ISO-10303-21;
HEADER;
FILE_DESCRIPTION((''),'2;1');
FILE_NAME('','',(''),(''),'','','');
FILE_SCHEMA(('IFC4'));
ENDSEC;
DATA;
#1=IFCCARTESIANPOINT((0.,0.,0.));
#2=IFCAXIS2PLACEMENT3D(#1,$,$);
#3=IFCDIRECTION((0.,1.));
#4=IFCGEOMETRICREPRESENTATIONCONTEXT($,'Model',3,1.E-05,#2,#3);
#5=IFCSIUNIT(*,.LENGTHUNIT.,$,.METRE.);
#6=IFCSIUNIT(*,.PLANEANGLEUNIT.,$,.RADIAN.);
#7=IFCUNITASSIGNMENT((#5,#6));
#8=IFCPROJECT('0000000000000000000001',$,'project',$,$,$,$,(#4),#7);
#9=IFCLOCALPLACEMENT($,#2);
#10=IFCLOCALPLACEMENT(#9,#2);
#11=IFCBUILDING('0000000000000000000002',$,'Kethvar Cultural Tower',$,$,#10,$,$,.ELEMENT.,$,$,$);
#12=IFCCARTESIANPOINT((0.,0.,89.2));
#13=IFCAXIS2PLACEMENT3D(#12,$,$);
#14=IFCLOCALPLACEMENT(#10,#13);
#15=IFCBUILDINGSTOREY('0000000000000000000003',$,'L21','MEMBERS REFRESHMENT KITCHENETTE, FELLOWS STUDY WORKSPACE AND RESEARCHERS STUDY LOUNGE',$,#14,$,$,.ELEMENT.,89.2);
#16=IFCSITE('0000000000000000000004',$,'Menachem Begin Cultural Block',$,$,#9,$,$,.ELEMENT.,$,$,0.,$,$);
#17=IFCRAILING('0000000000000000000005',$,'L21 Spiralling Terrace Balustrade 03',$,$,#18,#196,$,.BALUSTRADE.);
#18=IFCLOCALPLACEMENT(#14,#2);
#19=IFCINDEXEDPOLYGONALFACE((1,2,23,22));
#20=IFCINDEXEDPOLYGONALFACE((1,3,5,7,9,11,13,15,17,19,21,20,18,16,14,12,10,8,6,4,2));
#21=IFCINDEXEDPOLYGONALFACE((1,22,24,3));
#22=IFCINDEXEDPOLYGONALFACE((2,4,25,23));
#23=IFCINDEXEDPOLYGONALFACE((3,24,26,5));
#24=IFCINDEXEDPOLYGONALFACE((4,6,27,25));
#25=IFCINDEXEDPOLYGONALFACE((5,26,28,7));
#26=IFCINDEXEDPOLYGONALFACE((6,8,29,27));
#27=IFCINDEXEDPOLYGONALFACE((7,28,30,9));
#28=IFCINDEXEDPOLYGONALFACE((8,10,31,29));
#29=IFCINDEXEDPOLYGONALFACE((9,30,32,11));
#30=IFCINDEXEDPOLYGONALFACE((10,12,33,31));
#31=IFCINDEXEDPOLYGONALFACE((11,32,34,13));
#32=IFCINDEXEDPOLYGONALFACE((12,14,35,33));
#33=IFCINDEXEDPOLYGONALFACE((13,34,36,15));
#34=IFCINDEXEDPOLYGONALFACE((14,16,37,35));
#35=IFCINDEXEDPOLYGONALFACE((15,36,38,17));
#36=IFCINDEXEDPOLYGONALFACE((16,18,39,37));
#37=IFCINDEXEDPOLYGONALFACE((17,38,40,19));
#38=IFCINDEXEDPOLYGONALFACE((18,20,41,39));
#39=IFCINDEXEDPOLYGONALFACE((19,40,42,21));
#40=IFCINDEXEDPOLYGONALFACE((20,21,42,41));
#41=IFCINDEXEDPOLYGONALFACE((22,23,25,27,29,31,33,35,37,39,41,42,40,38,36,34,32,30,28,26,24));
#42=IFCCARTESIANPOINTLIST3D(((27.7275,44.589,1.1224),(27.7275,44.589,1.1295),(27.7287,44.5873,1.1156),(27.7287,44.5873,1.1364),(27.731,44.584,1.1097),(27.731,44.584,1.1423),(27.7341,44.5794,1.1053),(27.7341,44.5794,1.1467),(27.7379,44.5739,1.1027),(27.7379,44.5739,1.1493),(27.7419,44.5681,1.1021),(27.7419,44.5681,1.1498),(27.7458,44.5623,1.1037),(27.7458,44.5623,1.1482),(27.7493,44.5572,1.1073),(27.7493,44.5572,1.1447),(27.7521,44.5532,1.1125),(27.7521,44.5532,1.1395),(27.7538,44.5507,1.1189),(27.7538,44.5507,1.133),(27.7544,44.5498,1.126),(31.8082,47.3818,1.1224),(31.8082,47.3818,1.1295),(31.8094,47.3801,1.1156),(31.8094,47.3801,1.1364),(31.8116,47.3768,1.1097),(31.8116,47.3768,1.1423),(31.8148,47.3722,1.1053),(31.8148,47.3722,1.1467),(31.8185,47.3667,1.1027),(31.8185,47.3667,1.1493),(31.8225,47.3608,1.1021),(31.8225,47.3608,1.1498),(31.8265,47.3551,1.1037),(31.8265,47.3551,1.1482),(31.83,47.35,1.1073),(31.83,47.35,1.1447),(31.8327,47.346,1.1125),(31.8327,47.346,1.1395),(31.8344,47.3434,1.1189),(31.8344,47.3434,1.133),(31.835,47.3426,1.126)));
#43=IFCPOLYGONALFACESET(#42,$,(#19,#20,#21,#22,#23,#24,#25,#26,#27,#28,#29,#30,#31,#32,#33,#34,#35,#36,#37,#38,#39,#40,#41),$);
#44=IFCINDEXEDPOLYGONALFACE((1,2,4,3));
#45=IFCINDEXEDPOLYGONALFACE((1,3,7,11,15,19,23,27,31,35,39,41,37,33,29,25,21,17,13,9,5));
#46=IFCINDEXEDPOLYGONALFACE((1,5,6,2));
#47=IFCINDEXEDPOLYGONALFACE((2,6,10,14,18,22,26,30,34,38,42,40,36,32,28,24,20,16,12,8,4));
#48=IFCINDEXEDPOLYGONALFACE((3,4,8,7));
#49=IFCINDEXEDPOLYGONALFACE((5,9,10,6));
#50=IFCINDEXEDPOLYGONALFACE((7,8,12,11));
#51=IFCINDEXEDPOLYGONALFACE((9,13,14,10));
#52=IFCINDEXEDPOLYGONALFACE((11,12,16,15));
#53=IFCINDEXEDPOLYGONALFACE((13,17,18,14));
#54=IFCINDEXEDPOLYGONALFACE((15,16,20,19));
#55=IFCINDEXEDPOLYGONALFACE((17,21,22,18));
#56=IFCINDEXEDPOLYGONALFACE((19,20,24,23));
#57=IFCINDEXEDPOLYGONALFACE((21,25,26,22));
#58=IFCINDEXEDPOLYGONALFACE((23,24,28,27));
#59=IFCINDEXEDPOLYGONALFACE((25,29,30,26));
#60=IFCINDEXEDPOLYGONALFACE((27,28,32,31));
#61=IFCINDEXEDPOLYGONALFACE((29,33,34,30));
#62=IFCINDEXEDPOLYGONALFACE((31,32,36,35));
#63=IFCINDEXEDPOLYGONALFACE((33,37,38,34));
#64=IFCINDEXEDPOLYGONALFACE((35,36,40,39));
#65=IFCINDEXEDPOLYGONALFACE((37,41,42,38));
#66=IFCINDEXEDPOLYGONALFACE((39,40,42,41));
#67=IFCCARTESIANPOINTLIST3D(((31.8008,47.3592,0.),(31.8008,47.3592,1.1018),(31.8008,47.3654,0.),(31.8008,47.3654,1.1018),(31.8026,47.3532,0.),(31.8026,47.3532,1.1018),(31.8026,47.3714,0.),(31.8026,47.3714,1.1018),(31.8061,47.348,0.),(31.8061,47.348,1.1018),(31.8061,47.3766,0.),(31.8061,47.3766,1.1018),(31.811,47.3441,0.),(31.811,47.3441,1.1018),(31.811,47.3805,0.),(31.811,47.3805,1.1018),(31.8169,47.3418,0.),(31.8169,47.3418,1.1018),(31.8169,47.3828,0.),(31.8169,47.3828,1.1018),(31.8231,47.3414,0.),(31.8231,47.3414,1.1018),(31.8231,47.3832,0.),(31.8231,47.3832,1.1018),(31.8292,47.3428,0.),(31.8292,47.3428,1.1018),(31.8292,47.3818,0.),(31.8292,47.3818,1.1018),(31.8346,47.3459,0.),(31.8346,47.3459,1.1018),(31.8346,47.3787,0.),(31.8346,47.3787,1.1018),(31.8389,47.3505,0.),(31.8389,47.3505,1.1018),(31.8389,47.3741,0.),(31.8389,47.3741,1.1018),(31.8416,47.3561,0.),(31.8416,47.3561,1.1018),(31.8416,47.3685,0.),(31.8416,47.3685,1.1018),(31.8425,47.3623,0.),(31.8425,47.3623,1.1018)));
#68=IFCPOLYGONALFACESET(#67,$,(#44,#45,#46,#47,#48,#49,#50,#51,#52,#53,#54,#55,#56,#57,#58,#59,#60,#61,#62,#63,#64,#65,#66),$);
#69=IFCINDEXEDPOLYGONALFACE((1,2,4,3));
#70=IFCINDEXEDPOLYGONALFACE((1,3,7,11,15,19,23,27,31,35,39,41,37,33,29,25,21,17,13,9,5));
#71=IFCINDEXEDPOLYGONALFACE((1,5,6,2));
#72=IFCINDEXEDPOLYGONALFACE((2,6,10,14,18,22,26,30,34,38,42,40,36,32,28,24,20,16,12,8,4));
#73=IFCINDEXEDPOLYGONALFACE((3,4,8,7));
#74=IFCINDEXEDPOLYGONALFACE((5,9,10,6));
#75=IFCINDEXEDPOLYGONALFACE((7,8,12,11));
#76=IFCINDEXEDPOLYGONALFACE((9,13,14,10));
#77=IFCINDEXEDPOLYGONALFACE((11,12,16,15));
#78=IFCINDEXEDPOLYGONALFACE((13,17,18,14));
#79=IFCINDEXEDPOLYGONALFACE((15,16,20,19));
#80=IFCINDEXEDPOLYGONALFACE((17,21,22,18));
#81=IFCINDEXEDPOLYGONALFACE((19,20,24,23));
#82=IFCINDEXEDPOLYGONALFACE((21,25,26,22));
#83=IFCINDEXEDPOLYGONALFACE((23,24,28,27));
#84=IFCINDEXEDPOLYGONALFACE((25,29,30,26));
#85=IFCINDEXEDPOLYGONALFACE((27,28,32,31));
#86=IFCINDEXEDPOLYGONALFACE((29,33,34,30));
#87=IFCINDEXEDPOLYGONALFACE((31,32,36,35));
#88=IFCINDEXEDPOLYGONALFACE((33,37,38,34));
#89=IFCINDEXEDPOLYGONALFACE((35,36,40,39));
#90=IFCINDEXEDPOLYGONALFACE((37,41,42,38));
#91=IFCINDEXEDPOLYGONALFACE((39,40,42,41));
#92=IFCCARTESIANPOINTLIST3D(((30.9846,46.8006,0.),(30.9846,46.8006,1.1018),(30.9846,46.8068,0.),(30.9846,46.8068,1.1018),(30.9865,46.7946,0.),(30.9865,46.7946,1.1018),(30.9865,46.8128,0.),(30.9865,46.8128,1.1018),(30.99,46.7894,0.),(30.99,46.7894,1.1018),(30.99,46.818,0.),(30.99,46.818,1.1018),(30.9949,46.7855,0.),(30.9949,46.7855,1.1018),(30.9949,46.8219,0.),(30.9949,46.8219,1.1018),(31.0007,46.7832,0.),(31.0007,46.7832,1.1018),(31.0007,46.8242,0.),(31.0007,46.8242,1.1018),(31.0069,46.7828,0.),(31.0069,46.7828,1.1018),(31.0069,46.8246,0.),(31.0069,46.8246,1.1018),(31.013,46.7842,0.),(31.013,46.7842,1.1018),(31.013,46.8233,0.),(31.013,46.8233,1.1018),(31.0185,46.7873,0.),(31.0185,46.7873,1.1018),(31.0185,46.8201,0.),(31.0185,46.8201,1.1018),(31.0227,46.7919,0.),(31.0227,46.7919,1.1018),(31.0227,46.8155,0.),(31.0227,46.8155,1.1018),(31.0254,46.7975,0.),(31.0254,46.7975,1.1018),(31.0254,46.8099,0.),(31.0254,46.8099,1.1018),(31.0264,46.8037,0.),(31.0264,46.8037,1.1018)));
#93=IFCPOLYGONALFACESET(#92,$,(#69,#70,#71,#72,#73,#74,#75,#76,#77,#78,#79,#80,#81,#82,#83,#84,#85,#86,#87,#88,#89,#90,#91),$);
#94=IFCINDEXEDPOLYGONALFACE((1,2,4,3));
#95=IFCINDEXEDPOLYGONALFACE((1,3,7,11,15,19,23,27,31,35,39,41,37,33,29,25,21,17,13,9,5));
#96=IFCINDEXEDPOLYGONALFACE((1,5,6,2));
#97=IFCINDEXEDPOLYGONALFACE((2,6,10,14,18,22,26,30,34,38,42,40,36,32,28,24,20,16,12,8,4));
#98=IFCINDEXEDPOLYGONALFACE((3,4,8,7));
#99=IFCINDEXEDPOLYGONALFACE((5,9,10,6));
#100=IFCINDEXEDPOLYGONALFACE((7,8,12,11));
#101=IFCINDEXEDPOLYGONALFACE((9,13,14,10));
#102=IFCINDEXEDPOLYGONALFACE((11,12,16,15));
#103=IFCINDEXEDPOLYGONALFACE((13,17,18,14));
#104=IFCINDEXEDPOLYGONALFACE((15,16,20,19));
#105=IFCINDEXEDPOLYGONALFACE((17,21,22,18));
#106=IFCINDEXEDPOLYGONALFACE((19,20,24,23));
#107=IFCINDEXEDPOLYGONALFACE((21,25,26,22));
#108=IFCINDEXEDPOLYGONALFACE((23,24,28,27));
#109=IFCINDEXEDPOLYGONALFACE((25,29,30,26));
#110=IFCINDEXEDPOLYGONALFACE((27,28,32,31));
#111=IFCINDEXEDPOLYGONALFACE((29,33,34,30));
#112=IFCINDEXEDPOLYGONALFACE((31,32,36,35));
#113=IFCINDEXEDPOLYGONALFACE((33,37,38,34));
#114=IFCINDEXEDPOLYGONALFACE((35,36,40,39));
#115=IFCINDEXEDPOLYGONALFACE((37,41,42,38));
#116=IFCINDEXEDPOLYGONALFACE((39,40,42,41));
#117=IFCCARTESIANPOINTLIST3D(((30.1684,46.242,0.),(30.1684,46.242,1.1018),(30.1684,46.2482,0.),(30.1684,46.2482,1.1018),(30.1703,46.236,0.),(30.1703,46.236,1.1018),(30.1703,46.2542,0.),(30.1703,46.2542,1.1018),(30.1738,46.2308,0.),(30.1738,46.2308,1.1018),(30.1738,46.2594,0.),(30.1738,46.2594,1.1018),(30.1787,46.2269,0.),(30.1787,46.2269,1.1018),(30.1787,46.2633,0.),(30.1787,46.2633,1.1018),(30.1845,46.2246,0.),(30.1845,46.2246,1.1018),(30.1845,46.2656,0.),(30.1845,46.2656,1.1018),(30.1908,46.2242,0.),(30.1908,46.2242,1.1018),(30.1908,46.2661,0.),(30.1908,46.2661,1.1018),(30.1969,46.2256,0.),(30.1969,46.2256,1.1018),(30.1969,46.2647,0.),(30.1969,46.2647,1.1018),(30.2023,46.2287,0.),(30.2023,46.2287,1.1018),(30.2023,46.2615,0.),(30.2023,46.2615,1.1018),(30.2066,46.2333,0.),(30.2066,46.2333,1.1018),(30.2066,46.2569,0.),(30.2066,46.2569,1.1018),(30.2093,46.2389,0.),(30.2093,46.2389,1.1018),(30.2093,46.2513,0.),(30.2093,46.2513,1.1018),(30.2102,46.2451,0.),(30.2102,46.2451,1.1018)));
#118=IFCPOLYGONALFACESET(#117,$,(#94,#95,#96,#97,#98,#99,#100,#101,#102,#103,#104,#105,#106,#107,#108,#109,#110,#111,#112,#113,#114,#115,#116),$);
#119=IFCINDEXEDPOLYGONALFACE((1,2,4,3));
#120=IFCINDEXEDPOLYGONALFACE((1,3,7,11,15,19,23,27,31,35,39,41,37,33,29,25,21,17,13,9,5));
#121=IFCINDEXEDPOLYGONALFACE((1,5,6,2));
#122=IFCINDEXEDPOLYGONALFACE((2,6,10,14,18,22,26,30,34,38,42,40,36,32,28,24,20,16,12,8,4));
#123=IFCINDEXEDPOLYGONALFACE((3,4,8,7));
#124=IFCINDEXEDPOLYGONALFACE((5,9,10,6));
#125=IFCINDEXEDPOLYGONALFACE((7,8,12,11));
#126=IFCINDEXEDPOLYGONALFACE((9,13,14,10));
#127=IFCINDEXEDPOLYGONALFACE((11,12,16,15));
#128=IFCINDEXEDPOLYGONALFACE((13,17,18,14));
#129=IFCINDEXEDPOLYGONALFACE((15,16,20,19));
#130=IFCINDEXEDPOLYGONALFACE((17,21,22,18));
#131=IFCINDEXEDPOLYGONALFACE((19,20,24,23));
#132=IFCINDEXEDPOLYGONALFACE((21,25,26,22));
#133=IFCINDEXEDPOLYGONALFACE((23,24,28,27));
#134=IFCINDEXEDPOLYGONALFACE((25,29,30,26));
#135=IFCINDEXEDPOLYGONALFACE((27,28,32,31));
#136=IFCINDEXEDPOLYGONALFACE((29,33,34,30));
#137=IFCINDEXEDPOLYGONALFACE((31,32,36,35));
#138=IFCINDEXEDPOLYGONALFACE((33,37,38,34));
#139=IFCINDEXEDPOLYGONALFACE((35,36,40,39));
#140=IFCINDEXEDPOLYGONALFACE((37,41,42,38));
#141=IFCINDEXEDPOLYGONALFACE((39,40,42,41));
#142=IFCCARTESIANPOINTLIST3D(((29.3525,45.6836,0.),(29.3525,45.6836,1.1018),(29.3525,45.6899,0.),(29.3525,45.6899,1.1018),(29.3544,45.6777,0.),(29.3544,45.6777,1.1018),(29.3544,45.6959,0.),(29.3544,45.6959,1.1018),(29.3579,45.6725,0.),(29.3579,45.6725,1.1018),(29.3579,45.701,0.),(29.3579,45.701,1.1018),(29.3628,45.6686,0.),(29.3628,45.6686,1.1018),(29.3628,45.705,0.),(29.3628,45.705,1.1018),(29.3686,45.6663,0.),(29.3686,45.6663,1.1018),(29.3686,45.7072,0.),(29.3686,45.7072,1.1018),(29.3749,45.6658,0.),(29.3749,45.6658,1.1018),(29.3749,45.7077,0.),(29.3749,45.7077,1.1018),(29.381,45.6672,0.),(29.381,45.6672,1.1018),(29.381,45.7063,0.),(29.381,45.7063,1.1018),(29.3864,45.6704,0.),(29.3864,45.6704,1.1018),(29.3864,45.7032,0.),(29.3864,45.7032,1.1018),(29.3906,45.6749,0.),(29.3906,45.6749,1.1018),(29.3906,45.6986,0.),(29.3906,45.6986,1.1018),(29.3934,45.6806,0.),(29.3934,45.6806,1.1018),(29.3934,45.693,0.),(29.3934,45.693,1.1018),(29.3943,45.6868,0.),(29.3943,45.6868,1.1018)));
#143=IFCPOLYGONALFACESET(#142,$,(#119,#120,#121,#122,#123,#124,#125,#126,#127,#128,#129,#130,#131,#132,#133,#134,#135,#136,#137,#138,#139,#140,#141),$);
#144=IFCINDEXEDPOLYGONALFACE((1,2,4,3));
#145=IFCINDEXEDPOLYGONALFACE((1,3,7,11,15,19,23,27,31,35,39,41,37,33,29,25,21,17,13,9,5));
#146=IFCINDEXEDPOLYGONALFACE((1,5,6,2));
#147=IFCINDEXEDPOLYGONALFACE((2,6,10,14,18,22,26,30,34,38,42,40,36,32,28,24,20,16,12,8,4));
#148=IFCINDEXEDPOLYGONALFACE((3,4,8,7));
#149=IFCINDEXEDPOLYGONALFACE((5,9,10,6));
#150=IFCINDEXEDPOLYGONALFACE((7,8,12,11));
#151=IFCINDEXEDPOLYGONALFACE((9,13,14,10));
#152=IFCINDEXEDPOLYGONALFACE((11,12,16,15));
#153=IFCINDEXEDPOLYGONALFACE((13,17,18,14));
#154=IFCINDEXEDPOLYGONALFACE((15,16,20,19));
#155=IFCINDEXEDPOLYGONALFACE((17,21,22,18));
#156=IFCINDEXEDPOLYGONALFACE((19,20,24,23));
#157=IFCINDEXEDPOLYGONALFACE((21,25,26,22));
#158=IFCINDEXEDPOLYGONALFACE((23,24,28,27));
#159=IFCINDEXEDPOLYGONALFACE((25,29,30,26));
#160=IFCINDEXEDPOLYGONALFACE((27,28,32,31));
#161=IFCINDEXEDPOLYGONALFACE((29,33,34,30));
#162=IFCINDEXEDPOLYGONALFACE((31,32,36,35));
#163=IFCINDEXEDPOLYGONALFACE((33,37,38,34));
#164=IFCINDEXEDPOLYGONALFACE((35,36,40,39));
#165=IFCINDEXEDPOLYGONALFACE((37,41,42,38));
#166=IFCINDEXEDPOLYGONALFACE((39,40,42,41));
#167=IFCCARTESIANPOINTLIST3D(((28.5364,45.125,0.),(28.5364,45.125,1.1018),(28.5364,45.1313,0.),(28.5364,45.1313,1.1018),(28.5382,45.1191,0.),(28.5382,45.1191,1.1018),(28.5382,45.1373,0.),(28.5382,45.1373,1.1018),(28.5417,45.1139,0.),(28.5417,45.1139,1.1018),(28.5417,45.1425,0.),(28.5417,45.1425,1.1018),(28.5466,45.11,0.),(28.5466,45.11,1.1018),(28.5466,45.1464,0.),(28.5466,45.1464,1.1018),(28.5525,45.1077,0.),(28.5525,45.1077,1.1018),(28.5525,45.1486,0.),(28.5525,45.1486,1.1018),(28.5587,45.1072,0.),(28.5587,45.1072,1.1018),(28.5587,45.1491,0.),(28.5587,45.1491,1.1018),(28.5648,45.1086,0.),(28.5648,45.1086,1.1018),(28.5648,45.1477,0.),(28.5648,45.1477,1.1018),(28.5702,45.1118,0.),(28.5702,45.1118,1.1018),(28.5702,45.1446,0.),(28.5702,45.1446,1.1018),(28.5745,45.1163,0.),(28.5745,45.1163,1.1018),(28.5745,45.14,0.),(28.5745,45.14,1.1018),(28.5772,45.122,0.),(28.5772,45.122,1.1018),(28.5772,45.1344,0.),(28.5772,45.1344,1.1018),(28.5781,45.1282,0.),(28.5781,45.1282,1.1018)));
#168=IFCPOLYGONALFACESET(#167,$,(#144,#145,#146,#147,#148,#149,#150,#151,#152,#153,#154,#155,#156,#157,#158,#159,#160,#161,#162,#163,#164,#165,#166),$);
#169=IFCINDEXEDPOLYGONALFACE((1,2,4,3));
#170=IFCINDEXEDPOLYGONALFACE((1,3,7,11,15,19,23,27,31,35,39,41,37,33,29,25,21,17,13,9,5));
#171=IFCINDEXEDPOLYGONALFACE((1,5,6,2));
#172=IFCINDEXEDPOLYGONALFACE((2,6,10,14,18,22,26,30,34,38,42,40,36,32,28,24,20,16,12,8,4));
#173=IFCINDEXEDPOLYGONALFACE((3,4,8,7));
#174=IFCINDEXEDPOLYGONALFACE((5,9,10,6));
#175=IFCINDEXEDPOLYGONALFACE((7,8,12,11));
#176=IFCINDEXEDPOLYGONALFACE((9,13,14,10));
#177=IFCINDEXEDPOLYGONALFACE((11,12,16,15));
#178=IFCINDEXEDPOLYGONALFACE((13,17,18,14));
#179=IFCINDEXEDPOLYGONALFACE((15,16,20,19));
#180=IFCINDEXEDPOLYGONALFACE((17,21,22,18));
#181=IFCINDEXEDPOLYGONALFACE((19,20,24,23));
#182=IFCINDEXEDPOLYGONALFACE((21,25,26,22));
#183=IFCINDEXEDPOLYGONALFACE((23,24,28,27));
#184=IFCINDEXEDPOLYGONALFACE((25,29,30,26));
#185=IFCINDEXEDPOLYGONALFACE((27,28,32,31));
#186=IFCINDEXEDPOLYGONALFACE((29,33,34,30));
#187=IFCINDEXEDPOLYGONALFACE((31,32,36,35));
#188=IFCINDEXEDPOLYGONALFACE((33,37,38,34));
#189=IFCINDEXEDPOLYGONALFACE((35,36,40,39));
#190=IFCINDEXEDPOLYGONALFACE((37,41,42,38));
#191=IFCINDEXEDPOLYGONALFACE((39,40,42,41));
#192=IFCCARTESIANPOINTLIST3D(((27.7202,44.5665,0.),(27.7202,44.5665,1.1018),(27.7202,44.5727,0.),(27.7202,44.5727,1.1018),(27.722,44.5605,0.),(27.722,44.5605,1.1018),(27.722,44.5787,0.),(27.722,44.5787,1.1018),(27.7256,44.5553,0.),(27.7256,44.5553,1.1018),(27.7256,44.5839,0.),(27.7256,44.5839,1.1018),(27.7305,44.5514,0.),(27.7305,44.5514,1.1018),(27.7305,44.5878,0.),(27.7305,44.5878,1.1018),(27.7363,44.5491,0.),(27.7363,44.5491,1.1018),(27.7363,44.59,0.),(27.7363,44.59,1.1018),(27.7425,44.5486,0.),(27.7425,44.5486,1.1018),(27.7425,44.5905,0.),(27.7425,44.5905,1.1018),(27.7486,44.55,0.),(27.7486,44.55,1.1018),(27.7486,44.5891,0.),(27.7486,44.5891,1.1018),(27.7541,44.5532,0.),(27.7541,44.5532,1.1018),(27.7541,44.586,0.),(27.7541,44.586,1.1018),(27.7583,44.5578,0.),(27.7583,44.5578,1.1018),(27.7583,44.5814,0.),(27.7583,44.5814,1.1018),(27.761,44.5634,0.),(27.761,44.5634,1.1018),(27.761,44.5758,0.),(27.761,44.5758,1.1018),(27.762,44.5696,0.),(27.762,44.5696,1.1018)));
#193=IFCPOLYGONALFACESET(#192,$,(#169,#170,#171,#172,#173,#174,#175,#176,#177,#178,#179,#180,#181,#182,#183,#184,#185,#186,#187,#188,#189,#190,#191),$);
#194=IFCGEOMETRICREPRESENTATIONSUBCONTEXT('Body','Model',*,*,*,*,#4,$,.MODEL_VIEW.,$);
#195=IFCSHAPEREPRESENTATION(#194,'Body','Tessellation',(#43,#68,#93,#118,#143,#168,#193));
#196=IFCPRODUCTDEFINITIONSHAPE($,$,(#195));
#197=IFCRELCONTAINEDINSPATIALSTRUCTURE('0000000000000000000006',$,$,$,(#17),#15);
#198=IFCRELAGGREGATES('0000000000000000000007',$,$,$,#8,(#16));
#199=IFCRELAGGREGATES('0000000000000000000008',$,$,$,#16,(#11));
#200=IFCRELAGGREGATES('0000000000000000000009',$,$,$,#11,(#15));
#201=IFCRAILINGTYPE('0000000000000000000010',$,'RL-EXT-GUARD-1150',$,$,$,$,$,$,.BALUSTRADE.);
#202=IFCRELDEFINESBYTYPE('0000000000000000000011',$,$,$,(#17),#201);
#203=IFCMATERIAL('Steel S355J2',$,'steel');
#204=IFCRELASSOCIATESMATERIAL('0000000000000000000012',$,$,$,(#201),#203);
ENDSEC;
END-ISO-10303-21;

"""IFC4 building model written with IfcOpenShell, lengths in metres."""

from ifc_helpers import new_model, si_unit, direction, frame, origin, origin_2d, place, context, subcontext, project, spatial, circle, extrude, material, type_object, element, save


model = new_model("IFC4")

# Units and contexts
model_context = context("Model", 3, precision=1e-05, world=origin(), true_north=direction((0.0, 1.0)))
body_context = subcontext(model_context, "Body", "Model", "MODEL_VIEW")
ifc_project = project(units=[si_unit("LENGTHUNIT", "METRE"), si_unit("PLANEANGLEUNIT", "RADIAN")], contexts=[model_context])

# Site, building, storey
site_placement = place(None, origin())
site = spatial("IfcSite", under=ifc_project, at=site_placement, Name="Menachem Begin Cultural Block", CompositionType="ELEMENT", RefElevation=0.0)
building_placement = place(site_placement, origin())
building = spatial("IfcBuilding", under=site, at=building_placement, Name="Kethvar Cultural Tower", CompositionType="ELEMENT")
storey_placement = place(building_placement, frame((0.0, 0.0, 89.2)))
storey = spatial("IfcBuildingStorey", under=building, at=storey_placement, Name="L21", Description="MEMBERS REFRESHMENT KITCHENETTE, FELLOWS STUDY WORKSPACE AND RESEARCHERS STUDY LOUNGE", CompositionType="ELEMENT", Elevation=89.2)

# Shared definitions
ifc_material_1 = material(Name="Steel S355J2", Category="steel")

# Railing
railing_type = type_object("IfcRailingType", Name="RL-EXT-GUARD-1150", PredefinedType="BALUSTRADE", material=ifc_material_1)
railing_1_placement = place(storey_placement, frame((31.8215, 47.3623, 0.0)))
element("IfcRailing", 1, at=railing_1_placement, inside=storey, type_object=railing_type, Name="L21 Spiralling Terrace Balustrade 03", PredefinedType="BALUSTRADE", context=body_context, shape_type="SweptSolid", body=[
    extrude(circle(Radius=0.0239, at=origin_2d()), frame((0.0, 0.0, 1.126), z_axis=(-0.825236, -0.564788, 0.0), x_axis=(0.564788, -0.825236, 0.0)), (0.0, 0.0, 1.0), 4.9448),
    extrude(circle(Radius=0.021, at=origin_2d()), origin(), (0.0, 0.0, 1.0), 1.1018),
    extrude(circle(Radius=0.021, at=origin_2d()), frame((-0.8162, -0.5586, 0.0)), (0.0, 0.0, 1.0), 1.1018),
    extrude(circle(Radius=0.021, at=origin_2d()), frame((-1.6323, -1.1172, 0.0)), (0.0, 0.0, 1.0), 1.1018),
    extrude(circle(Radius=0.021, at=origin_2d()), frame((-2.4482, -1.6755, 0.0)), (0.0, 0.0, 1.0), 1.1018),
    extrude(circle(Radius=0.021, at=origin_2d()), frame((-3.2644, -2.2341, 0.0)), (0.0, 0.0, 1.0), 1.1018),
    extrude(circle(Radius=0.021, at=origin_2d()), frame((-4.0806, -2.7927, 0.0)), (0.0, 0.0, 1.0), 1.1018),
])

save(model, "model.ifc")
